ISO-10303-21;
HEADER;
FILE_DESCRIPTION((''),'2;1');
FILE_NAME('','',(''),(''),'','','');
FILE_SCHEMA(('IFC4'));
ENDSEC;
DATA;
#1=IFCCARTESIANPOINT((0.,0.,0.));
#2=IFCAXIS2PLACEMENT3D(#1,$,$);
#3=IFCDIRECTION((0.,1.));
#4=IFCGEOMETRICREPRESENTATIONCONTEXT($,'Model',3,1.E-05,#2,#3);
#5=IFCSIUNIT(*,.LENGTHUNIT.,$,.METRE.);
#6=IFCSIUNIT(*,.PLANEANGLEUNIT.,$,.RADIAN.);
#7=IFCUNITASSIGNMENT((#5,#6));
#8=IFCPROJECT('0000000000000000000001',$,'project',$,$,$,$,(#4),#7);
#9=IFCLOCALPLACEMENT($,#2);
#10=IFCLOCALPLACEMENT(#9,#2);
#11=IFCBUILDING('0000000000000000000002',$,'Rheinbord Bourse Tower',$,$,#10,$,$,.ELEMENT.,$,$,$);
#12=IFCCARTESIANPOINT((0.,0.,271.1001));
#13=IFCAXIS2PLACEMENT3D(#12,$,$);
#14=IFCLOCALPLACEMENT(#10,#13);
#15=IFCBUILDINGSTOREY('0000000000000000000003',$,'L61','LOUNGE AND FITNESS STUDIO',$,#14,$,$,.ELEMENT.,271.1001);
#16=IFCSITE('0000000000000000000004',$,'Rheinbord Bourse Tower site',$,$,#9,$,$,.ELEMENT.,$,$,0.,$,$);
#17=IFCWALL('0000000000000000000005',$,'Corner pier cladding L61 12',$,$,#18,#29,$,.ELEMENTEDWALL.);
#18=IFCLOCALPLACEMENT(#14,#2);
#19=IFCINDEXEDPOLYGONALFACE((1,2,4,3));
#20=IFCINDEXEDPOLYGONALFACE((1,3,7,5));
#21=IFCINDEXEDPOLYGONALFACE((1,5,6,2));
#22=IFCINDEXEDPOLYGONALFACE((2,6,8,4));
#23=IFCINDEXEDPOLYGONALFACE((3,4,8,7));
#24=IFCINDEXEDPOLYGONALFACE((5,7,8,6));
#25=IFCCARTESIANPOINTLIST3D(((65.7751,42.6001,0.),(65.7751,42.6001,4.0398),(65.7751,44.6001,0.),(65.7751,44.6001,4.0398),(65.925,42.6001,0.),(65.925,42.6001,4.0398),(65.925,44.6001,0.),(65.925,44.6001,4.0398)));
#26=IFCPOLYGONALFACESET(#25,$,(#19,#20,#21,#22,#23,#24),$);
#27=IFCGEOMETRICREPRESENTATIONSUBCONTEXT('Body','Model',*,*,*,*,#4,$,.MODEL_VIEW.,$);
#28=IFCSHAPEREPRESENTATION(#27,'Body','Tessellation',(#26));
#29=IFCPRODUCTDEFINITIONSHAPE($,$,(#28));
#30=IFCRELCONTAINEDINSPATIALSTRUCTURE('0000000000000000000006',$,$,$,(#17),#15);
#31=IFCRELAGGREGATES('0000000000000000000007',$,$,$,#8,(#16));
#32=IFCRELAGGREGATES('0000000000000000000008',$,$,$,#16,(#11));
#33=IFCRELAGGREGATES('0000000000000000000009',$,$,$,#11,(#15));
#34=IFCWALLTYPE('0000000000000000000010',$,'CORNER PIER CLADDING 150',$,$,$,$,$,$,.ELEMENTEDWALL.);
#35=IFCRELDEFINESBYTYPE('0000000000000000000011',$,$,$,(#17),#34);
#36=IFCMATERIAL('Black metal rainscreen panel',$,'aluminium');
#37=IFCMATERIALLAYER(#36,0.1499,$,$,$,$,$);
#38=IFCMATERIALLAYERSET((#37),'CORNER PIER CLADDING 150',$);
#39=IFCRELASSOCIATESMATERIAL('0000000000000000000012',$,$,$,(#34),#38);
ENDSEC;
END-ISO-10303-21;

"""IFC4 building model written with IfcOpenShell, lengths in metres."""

from ifc_helpers import new_model, si_unit, direction, frame, frame_2d, origin, place, context, subcontext, project, spatial, rectangle, extrude, material, layer, layer_set, type_object, element, save


model = new_model("IFC4")

# Units and contexts
model_context = context("Model", 3, precision=1e-05, world=origin(), true_north=direction((0.0, 1.0)))
body_context = subcontext(model_context, "Body", "Model", "MODEL_VIEW")
ifc_project = project(units=[si_unit("LENGTHUNIT", "METRE"), si_unit("PLANEANGLEUNIT", "RADIAN")], contexts=[model_context])

# Site, building, storey
site_placement = place(None, origin())
site = spatial("IfcSite", under=ifc_project, at=site_placement, Name="Rheinbord Bourse Tower site", CompositionType="ELEMENT", RefElevation=0.0)
building_placement = place(site_placement, origin())
building = spatial("IfcBuilding", under=site, at=building_placement, Name="Rheinbord Bourse Tower", CompositionType="ELEMENT")
storey_placement = place(building_placement, frame((0.0, 0.0, 271.1001)))
storey = spatial("IfcBuildingStorey", under=building, at=storey_placement, Name="L61", Description="LOUNGE AND FITNESS STUDIO", CompositionType="ELEMENT", Elevation=271.1001)

# Wall
ifc_material_1 = material(Name="Black metal rainscreen panel", Category="aluminium")
ifc_layer_1 = layer(ifc_material_1, 0.1499)
ifc_layer_set_1 = layer_set([ifc_layer_1], Name="CORNER PIER CLADDING 150")
wall_type = type_object("IfcWallType", Name="CORNER PIER CLADDING 150", PredefinedType="ELEMENTEDWALL", material=ifc_layer_set_1)
wall_1_placement = place(storey_placement, frame((65.8501, 42.6001, 0.0), z_axis=(0.0, 0.0, 1.0), x_axis=(0.0, 1.0, 0.0)))
element("IfcWall", 1, at=wall_1_placement, inside=storey, type_object=wall_type, Name="Corner pier cladding L61 12", PredefinedType="ELEMENTEDWALL", context=body_context, shape_type="SweptSolid", body=[
    extrude(rectangle(XDim=2.0, YDim=0.1499, at=frame_2d((1.0, 0.0))), origin(), (0.0, 0.0, 1.0), 4.0398),
])

save(model, "model.ifc")
